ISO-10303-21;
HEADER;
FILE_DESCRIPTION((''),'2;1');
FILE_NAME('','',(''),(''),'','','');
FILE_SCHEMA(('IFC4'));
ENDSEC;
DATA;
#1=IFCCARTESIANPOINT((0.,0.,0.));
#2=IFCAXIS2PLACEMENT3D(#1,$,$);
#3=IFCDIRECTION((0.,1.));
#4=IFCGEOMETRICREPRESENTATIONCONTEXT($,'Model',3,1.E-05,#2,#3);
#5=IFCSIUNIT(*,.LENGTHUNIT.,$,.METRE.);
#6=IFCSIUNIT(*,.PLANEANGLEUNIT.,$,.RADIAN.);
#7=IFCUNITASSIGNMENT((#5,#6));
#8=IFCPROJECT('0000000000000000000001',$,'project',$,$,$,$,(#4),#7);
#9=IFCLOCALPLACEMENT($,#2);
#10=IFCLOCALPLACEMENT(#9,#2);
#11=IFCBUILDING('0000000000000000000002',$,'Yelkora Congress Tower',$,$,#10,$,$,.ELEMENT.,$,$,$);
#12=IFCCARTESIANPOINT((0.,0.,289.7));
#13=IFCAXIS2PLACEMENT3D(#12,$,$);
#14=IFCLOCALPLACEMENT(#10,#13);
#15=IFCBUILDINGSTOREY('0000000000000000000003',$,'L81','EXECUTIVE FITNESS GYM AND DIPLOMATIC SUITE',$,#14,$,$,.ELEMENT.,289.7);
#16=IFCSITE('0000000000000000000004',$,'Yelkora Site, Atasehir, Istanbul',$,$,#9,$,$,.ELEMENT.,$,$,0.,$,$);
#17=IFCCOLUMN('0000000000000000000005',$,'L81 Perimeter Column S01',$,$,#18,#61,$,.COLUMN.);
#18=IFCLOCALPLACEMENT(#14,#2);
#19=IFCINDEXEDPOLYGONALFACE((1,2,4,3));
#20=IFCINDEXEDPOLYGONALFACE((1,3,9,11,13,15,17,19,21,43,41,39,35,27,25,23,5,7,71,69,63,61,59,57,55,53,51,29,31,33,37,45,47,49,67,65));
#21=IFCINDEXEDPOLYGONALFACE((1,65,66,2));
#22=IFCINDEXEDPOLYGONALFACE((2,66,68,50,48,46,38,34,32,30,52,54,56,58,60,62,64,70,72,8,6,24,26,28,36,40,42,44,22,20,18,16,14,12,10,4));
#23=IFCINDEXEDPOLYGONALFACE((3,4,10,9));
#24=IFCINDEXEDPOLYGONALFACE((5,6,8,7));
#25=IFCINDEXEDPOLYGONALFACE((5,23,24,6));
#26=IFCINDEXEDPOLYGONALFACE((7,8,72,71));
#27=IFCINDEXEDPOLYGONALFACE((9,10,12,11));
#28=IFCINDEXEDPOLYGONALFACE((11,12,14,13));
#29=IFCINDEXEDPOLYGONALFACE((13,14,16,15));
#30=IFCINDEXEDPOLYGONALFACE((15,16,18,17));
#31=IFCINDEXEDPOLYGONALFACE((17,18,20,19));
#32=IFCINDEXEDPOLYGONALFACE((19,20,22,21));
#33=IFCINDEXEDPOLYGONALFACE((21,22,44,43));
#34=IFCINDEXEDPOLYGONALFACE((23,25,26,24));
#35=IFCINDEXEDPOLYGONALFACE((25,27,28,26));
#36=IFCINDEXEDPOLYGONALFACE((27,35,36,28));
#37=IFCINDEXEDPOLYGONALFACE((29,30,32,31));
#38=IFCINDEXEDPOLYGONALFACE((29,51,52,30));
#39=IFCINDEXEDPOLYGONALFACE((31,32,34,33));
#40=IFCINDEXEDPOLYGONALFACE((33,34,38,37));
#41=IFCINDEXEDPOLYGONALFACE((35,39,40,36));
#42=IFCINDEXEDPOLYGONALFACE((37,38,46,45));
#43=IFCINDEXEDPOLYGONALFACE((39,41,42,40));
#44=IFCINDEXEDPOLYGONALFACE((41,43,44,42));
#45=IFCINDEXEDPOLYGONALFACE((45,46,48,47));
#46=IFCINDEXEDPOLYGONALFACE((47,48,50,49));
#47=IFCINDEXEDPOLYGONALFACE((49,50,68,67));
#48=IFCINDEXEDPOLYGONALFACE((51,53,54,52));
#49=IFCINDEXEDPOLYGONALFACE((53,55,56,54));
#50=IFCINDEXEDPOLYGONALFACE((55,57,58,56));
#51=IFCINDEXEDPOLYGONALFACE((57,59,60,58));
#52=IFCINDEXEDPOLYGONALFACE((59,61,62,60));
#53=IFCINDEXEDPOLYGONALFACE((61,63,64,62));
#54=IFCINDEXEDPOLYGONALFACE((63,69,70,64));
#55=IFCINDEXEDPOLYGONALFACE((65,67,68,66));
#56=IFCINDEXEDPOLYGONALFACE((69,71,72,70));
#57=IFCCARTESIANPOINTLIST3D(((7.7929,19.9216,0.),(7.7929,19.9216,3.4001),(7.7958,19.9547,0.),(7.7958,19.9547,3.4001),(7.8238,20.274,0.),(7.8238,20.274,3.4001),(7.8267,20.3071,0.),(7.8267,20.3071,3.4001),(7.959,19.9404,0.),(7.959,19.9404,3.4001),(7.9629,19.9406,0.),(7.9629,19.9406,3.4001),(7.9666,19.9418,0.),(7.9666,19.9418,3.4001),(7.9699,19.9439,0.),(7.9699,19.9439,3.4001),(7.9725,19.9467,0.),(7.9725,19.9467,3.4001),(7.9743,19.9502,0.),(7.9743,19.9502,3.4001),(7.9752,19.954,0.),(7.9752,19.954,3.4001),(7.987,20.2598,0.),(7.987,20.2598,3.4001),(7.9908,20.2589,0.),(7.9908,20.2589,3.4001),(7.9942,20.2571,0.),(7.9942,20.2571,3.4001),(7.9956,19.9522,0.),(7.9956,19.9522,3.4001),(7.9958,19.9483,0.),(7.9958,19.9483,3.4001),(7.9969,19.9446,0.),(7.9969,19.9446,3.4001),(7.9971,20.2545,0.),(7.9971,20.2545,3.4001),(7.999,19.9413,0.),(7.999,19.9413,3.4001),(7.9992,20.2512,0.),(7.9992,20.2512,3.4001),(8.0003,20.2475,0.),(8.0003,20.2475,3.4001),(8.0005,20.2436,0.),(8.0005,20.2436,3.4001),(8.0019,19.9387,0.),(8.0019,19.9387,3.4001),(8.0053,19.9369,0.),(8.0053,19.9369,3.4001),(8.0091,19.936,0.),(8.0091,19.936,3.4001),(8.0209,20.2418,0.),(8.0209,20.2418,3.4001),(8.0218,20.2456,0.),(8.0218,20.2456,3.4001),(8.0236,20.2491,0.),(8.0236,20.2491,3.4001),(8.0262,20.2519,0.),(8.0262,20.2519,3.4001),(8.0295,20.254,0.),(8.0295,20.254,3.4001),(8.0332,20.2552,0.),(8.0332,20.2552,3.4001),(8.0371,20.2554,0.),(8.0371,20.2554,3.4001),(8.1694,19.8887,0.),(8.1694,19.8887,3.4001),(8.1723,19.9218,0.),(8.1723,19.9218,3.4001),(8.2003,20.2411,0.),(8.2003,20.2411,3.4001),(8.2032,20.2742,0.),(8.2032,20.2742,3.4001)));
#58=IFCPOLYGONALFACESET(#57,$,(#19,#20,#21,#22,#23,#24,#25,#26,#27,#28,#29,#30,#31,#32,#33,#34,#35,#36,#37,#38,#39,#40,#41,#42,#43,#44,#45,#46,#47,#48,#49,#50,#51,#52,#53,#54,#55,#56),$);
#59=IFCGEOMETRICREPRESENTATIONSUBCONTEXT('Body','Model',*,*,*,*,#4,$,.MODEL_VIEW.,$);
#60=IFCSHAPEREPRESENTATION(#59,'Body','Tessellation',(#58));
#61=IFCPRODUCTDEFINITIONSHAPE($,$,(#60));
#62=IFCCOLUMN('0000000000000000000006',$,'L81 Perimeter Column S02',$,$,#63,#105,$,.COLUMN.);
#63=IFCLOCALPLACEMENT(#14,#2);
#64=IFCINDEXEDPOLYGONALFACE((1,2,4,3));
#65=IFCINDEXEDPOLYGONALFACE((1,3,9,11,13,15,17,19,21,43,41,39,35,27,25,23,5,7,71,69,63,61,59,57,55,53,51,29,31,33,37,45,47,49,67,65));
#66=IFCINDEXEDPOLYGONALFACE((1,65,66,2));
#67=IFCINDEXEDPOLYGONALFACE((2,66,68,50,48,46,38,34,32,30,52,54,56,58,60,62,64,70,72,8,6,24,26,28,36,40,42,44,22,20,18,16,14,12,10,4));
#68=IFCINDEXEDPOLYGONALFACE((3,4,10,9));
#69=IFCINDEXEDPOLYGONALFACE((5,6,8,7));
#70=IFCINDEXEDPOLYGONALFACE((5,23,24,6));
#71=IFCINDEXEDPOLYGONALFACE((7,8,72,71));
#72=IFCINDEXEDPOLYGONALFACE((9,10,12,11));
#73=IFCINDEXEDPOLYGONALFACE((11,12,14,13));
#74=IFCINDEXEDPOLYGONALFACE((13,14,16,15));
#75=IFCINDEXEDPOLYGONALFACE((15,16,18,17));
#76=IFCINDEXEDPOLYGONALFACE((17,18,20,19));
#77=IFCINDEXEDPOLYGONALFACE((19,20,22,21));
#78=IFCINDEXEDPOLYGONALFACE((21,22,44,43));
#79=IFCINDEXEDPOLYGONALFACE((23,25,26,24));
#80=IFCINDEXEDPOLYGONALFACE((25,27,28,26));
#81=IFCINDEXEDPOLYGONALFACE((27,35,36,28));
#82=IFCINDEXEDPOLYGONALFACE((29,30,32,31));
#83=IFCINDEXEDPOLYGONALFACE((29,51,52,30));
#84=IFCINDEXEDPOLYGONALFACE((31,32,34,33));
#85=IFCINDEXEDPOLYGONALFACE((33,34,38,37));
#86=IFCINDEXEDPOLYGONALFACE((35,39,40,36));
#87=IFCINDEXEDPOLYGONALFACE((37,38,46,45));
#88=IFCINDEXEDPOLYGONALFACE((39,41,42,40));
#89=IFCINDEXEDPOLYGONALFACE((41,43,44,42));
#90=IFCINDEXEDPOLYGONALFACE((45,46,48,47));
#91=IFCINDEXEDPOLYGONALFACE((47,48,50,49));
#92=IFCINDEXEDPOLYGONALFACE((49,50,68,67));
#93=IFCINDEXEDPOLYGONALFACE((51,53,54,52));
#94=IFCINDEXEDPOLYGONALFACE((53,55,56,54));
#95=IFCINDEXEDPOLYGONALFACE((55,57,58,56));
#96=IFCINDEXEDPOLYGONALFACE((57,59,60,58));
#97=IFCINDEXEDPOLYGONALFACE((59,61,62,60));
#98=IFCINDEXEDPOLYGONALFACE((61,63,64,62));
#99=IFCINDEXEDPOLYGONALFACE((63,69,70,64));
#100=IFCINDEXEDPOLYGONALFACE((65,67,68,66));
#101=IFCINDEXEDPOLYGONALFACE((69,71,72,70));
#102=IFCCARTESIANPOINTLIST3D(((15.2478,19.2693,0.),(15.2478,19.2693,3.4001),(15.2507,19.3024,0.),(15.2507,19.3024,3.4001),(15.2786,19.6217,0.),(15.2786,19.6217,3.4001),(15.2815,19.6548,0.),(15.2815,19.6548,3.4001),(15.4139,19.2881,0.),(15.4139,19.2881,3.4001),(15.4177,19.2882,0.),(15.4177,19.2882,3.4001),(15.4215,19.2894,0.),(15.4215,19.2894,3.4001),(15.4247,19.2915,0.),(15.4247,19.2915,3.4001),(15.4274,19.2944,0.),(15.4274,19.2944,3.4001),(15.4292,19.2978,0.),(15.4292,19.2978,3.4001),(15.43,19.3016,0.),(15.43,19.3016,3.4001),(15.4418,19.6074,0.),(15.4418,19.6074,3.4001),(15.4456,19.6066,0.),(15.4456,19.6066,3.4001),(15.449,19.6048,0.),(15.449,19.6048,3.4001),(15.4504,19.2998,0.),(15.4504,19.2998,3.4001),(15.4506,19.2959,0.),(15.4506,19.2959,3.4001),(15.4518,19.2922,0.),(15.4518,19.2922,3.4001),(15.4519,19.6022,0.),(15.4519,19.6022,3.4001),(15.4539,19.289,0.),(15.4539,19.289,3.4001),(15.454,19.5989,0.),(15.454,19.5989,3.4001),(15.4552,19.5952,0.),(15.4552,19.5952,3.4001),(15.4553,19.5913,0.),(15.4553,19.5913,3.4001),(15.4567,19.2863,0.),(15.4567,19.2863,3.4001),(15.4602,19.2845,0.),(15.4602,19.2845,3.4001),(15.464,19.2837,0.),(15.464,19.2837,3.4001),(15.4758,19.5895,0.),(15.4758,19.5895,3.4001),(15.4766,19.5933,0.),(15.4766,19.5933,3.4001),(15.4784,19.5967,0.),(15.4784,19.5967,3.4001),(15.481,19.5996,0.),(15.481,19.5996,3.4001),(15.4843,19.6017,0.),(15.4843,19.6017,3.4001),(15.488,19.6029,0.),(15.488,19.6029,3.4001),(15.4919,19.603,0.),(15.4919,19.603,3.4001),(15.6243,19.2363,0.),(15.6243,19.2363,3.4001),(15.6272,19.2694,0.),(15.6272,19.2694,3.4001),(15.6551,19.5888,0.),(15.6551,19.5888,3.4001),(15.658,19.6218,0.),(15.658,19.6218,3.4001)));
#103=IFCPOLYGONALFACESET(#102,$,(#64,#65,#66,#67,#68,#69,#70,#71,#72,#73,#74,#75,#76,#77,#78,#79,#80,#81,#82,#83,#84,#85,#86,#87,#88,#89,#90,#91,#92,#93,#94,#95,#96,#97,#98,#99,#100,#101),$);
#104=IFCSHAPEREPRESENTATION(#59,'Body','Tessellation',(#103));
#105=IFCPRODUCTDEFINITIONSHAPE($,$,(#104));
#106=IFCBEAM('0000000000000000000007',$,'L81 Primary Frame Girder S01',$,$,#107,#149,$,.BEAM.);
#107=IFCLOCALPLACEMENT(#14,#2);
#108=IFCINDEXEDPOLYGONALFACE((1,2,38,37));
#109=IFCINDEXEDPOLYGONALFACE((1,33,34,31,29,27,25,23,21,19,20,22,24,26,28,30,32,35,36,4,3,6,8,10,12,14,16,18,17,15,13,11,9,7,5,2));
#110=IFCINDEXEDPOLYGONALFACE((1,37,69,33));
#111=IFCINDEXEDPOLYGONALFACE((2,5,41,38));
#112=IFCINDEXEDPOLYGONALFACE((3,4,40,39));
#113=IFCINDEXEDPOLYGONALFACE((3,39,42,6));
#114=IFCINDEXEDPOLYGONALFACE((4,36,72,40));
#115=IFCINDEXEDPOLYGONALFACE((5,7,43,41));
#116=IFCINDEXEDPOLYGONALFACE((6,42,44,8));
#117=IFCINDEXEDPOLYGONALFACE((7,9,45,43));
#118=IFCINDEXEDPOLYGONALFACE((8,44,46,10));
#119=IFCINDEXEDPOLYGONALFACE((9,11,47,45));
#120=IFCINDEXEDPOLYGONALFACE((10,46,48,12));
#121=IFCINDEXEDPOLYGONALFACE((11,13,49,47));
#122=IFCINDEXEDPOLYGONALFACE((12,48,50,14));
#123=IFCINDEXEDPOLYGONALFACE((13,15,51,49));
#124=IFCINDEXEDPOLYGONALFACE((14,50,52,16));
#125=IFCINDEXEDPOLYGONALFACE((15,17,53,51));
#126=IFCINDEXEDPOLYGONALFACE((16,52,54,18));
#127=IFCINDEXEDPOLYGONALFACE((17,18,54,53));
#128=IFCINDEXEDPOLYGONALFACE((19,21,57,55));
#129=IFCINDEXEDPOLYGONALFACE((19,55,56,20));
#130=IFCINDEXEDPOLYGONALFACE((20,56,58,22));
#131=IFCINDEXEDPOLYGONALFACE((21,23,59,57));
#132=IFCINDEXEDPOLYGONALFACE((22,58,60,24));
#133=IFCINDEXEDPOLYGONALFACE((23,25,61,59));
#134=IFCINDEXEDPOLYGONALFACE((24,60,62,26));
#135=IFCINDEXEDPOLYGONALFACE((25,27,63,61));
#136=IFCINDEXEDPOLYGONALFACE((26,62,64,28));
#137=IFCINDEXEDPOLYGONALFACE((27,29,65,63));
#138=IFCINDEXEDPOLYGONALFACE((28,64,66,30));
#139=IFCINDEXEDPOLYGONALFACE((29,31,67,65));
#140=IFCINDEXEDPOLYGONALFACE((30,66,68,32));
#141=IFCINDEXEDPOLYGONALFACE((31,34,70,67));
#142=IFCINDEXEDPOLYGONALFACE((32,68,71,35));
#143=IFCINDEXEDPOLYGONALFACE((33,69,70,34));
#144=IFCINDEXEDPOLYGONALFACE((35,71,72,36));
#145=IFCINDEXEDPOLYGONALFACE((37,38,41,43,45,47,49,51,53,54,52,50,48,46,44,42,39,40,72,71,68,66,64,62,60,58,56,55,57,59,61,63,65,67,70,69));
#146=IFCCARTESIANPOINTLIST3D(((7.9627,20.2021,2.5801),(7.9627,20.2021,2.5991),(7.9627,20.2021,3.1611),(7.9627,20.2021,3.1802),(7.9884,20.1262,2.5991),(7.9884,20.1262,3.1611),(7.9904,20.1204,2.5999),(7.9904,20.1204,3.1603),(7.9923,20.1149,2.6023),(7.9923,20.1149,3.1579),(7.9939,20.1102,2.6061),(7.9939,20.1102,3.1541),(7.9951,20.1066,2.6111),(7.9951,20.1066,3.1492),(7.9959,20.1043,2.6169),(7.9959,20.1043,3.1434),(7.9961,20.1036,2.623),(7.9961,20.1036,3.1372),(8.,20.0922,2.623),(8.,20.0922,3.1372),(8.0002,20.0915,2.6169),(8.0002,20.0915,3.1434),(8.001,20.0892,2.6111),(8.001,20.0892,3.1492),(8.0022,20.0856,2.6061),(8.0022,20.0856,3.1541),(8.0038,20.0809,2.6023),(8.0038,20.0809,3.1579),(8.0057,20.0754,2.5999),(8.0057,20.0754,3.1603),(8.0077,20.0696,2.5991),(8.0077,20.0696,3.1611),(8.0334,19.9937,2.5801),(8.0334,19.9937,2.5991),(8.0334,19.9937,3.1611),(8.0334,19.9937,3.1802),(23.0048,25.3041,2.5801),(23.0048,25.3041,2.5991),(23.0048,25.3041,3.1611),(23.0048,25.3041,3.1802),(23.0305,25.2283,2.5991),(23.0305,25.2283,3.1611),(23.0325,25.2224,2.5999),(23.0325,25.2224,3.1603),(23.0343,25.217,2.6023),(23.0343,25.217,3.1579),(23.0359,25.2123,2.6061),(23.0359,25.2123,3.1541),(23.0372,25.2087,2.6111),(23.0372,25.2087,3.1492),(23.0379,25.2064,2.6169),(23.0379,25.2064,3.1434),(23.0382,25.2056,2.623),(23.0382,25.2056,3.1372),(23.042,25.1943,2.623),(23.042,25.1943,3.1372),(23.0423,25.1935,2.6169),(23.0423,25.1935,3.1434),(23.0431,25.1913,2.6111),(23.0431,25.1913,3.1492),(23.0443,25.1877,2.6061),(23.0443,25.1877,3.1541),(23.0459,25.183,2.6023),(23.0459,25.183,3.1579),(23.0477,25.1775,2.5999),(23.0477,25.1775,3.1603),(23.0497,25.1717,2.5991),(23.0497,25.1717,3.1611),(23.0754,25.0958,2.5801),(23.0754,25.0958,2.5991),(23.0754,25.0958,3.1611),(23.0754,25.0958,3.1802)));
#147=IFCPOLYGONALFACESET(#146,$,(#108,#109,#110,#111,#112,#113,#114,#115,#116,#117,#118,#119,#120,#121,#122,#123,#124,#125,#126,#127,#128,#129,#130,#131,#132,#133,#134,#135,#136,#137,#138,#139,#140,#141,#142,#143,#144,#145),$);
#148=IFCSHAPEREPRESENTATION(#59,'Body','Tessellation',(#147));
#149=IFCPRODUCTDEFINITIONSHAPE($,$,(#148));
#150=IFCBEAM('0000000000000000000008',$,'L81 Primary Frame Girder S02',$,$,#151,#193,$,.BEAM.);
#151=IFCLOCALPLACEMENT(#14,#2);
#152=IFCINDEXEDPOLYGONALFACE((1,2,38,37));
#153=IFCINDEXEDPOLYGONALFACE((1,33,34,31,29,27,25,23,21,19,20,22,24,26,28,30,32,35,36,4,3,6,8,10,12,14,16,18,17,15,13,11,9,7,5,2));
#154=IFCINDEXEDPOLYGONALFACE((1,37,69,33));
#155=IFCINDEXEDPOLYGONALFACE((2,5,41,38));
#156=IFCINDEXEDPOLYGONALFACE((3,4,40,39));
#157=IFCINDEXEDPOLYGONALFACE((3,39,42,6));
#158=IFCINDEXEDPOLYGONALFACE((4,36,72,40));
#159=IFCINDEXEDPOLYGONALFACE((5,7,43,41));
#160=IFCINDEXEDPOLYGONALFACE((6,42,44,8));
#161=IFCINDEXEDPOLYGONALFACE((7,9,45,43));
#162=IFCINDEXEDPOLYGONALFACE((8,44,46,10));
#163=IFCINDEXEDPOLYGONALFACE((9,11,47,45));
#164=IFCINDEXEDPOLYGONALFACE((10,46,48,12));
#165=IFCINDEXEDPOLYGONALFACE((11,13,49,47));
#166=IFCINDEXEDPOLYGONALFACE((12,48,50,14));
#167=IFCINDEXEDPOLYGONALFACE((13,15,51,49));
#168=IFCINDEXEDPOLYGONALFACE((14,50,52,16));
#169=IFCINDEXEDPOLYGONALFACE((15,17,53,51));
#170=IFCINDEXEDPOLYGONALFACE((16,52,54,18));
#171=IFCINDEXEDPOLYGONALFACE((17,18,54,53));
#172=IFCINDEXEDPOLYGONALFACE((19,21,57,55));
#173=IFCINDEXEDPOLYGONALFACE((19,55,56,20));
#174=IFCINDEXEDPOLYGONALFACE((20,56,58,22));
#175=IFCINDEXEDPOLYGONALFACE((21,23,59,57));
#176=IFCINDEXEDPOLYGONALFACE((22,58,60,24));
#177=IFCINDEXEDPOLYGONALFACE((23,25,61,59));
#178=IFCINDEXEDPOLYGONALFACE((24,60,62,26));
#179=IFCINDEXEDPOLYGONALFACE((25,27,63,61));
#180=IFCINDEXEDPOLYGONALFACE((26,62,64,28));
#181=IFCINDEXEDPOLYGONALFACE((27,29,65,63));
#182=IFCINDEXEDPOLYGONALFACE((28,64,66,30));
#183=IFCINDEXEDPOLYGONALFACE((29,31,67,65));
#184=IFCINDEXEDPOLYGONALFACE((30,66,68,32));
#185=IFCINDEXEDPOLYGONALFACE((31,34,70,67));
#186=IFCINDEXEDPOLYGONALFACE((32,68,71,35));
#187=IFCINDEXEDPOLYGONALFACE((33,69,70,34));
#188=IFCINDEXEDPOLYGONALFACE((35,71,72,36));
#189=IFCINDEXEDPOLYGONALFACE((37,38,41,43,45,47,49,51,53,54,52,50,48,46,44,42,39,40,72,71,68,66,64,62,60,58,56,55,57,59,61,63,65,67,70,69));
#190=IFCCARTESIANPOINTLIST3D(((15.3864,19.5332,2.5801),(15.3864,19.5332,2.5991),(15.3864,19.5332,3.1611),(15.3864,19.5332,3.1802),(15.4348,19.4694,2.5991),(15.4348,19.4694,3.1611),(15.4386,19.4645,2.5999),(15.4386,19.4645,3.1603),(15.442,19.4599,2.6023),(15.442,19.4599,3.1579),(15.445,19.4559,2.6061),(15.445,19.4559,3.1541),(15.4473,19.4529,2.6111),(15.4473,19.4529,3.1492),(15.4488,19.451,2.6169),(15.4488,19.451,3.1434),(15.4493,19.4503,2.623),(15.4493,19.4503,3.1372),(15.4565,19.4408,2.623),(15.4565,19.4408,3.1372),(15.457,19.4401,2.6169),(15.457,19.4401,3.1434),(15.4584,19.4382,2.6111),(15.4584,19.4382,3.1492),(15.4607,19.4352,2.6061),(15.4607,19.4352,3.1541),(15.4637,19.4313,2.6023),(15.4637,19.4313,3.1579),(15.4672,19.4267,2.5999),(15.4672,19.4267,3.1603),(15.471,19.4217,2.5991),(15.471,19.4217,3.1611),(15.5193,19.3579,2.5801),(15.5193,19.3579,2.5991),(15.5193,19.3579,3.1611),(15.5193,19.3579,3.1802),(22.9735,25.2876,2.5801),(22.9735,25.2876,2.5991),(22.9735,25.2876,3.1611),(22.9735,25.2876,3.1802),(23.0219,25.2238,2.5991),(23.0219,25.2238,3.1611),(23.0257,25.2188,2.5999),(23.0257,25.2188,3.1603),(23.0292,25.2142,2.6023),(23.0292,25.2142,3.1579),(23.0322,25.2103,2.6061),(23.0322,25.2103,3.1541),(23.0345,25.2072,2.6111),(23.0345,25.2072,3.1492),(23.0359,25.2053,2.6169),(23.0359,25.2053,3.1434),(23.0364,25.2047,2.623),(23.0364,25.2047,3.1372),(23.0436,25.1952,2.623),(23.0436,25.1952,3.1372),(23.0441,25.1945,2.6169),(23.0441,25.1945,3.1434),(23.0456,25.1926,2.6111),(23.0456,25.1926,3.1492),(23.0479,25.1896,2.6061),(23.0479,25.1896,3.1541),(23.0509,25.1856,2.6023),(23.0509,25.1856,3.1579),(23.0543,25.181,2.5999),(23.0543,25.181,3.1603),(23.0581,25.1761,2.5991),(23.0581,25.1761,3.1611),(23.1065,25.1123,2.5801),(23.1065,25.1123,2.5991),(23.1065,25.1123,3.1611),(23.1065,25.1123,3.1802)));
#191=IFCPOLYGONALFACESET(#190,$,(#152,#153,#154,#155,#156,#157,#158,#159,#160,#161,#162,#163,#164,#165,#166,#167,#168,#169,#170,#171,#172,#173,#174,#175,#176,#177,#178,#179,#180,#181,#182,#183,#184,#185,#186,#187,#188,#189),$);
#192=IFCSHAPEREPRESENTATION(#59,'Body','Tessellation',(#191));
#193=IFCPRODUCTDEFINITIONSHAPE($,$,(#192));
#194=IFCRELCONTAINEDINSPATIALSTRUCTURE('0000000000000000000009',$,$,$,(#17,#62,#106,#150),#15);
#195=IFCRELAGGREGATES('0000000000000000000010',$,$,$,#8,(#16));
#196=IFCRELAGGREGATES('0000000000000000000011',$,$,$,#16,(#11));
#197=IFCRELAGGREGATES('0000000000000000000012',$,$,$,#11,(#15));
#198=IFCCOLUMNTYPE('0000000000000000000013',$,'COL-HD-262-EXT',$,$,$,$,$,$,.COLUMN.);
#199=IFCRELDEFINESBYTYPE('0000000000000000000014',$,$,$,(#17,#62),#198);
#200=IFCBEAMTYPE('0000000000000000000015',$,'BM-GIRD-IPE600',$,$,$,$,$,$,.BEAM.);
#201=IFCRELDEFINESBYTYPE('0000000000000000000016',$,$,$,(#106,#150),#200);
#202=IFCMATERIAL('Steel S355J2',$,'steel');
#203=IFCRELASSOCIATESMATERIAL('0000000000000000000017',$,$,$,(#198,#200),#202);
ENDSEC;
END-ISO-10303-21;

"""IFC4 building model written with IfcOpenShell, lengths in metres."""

from ifc_helpers import new_model, si_unit, direction, frame, origin, origin_2d, place, context, subcontext, project, spatial, i_section, extrude, material, material_profile, profile_set, type_object, element, save


model = new_model("IFC4")

# Units and contexts
model_context = context("Model", 3, precision=1e-05, world=origin(), true_north=direction((0.0, 1.0)))
body_context = subcontext(model_context, "Body", "Model", "MODEL_VIEW")
ifc_project = project(units=[si_unit("LENGTHUNIT", "METRE"), si_unit("PLANEANGLEUNIT", "RADIAN")], contexts=[model_context])

# Site, building, storey
site_placement = place(None, origin())
site = spatial("IfcSite", under=ifc_project, at=site_placement, Name="Yelkora Site, Atasehir, Istanbul", CompositionType="ELEMENT", RefElevation=0.0)
building_placement = place(site_placement, origin())
building = spatial("IfcBuilding", under=site, at=building_placement, Name="Yelkora Congress Tower", CompositionType="ELEMENT")
storey_placement = place(building_placement, frame((0.0, 0.0, 289.7)))
storey = spatial("IfcBuildingStorey", under=building, at=storey_placement, Name="L81", Description="EXECUTIVE FITNESS GYM AND DIPLOMATIC SUITE", CompositionType="ELEMENT", Elevation=289.7)

# Columns
ifc_material_1 = material(Name="Steel S355J2", Category="steel")
ifc_material_profile_1 = material_profile(ifc_material_1, i_section(OverallWidth=0.3779, OverallDepth=0.387, WebThickness=0.0205, FlangeThickness=0.0332, FilletRadius=0.0149, at=origin_2d()), Name="HD 360x262")
ifc_profile_set_1 = profile_set([ifc_material_profile_1], Name="Steel S355J2")
column_type = type_object("IfcColumnType", Name="COL-HD-262-EXT", PredefinedType="COLUMN", material=ifc_profile_set_1)
for number, where, z_axis, x_axis, name in (
    (1, (7.998, 20.0979, 0.0), (0.0, 0.0, 1.0), (0.996195, -0.087156, 0.0), "L81 Perimeter Column S01"),
    (2, (15.4529, 19.4456, 0.0), (0.0, 0.0, 1.0), (0.996195, -0.087156, 0.0), "L81 Perimeter Column S02"),
):
    element("IfcColumn", number, at=place(storey_placement, frame(where, z_axis=z_axis, x_axis=x_axis)), inside=storey, type_object=column_type, Name=name, PredefinedType="COLUMN", context=body_context, shape_type="SweptSolid", body=[
        extrude(i_section(OverallWidth=0.3779, OverallDepth=0.387, WebThickness=0.0205, FlangeThickness=0.0332, FilletRadius=0.0149, at=origin_2d()), origin(), (0.0, 0.0, 1.0), 3.4001),
    ])

# Beams
ifc_material_profile_2 = material_profile(ifc_material_1, i_section(OverallWidth=0.22, OverallDepth=0.6001, WebThickness=0.012, FlangeThickness=0.019, FilletRadius=0.0239, at=origin_2d()), Name="IPE 600")
ifc_profile_set_2 = profile_set([ifc_material_profile_2], Name="Steel S355J2")
beam_type_1 = type_object("IfcBeamType", Name="BM-GIRD-IPE600", PredefinedType="BEAM", material=ifc_profile_set_2)
beam_1_placement = place(storey_placement, frame((7.998, 20.0979, 2.8801), z_axis=(0.947007, 0.321213, 0.0), x_axis=(-0.321213, 0.947007, 0.0)))
element("IfcBeam", 3, at=beam_1_placement, inside=storey, type_object=beam_type_1, Name="L81 Primary Frame Girder S01", PredefinedType="BEAM", context=body_context, shape_type="SweptSolid", body=[
    extrude(i_section(OverallWidth=0.22, OverallDepth=0.6001, WebThickness=0.012, FlangeThickness=0.019, FilletRadius=0.0239, at=origin_2d()), origin(), (0.0, 0.0, 1.0), 15.8838),
])
beam_2_placement = place(storey_placement, frame((15.4529, 19.4456, 2.8801), z_axis=(0.796761, 0.604294, 0.0), x_axis=(-0.604294, 0.796761, 0.0)))
element("IfcBeam", 4, at=beam_2_placement, inside=storey, type_object=beam_type_1, Name="L81 Primary Frame Girder S02", PredefinedType="BEAM", context=body_context, shape_type="SweptSolid", body=[
    extrude(i_section(OverallWidth=0.22, OverallDepth=0.6001, WebThickness=0.012, FlangeThickness=0.019, FilletRadius=0.0239, at=origin_2d()), origin(), (0.0, 0.0, 1.0), 9.5225),
])

save(model, "model.ifc")
